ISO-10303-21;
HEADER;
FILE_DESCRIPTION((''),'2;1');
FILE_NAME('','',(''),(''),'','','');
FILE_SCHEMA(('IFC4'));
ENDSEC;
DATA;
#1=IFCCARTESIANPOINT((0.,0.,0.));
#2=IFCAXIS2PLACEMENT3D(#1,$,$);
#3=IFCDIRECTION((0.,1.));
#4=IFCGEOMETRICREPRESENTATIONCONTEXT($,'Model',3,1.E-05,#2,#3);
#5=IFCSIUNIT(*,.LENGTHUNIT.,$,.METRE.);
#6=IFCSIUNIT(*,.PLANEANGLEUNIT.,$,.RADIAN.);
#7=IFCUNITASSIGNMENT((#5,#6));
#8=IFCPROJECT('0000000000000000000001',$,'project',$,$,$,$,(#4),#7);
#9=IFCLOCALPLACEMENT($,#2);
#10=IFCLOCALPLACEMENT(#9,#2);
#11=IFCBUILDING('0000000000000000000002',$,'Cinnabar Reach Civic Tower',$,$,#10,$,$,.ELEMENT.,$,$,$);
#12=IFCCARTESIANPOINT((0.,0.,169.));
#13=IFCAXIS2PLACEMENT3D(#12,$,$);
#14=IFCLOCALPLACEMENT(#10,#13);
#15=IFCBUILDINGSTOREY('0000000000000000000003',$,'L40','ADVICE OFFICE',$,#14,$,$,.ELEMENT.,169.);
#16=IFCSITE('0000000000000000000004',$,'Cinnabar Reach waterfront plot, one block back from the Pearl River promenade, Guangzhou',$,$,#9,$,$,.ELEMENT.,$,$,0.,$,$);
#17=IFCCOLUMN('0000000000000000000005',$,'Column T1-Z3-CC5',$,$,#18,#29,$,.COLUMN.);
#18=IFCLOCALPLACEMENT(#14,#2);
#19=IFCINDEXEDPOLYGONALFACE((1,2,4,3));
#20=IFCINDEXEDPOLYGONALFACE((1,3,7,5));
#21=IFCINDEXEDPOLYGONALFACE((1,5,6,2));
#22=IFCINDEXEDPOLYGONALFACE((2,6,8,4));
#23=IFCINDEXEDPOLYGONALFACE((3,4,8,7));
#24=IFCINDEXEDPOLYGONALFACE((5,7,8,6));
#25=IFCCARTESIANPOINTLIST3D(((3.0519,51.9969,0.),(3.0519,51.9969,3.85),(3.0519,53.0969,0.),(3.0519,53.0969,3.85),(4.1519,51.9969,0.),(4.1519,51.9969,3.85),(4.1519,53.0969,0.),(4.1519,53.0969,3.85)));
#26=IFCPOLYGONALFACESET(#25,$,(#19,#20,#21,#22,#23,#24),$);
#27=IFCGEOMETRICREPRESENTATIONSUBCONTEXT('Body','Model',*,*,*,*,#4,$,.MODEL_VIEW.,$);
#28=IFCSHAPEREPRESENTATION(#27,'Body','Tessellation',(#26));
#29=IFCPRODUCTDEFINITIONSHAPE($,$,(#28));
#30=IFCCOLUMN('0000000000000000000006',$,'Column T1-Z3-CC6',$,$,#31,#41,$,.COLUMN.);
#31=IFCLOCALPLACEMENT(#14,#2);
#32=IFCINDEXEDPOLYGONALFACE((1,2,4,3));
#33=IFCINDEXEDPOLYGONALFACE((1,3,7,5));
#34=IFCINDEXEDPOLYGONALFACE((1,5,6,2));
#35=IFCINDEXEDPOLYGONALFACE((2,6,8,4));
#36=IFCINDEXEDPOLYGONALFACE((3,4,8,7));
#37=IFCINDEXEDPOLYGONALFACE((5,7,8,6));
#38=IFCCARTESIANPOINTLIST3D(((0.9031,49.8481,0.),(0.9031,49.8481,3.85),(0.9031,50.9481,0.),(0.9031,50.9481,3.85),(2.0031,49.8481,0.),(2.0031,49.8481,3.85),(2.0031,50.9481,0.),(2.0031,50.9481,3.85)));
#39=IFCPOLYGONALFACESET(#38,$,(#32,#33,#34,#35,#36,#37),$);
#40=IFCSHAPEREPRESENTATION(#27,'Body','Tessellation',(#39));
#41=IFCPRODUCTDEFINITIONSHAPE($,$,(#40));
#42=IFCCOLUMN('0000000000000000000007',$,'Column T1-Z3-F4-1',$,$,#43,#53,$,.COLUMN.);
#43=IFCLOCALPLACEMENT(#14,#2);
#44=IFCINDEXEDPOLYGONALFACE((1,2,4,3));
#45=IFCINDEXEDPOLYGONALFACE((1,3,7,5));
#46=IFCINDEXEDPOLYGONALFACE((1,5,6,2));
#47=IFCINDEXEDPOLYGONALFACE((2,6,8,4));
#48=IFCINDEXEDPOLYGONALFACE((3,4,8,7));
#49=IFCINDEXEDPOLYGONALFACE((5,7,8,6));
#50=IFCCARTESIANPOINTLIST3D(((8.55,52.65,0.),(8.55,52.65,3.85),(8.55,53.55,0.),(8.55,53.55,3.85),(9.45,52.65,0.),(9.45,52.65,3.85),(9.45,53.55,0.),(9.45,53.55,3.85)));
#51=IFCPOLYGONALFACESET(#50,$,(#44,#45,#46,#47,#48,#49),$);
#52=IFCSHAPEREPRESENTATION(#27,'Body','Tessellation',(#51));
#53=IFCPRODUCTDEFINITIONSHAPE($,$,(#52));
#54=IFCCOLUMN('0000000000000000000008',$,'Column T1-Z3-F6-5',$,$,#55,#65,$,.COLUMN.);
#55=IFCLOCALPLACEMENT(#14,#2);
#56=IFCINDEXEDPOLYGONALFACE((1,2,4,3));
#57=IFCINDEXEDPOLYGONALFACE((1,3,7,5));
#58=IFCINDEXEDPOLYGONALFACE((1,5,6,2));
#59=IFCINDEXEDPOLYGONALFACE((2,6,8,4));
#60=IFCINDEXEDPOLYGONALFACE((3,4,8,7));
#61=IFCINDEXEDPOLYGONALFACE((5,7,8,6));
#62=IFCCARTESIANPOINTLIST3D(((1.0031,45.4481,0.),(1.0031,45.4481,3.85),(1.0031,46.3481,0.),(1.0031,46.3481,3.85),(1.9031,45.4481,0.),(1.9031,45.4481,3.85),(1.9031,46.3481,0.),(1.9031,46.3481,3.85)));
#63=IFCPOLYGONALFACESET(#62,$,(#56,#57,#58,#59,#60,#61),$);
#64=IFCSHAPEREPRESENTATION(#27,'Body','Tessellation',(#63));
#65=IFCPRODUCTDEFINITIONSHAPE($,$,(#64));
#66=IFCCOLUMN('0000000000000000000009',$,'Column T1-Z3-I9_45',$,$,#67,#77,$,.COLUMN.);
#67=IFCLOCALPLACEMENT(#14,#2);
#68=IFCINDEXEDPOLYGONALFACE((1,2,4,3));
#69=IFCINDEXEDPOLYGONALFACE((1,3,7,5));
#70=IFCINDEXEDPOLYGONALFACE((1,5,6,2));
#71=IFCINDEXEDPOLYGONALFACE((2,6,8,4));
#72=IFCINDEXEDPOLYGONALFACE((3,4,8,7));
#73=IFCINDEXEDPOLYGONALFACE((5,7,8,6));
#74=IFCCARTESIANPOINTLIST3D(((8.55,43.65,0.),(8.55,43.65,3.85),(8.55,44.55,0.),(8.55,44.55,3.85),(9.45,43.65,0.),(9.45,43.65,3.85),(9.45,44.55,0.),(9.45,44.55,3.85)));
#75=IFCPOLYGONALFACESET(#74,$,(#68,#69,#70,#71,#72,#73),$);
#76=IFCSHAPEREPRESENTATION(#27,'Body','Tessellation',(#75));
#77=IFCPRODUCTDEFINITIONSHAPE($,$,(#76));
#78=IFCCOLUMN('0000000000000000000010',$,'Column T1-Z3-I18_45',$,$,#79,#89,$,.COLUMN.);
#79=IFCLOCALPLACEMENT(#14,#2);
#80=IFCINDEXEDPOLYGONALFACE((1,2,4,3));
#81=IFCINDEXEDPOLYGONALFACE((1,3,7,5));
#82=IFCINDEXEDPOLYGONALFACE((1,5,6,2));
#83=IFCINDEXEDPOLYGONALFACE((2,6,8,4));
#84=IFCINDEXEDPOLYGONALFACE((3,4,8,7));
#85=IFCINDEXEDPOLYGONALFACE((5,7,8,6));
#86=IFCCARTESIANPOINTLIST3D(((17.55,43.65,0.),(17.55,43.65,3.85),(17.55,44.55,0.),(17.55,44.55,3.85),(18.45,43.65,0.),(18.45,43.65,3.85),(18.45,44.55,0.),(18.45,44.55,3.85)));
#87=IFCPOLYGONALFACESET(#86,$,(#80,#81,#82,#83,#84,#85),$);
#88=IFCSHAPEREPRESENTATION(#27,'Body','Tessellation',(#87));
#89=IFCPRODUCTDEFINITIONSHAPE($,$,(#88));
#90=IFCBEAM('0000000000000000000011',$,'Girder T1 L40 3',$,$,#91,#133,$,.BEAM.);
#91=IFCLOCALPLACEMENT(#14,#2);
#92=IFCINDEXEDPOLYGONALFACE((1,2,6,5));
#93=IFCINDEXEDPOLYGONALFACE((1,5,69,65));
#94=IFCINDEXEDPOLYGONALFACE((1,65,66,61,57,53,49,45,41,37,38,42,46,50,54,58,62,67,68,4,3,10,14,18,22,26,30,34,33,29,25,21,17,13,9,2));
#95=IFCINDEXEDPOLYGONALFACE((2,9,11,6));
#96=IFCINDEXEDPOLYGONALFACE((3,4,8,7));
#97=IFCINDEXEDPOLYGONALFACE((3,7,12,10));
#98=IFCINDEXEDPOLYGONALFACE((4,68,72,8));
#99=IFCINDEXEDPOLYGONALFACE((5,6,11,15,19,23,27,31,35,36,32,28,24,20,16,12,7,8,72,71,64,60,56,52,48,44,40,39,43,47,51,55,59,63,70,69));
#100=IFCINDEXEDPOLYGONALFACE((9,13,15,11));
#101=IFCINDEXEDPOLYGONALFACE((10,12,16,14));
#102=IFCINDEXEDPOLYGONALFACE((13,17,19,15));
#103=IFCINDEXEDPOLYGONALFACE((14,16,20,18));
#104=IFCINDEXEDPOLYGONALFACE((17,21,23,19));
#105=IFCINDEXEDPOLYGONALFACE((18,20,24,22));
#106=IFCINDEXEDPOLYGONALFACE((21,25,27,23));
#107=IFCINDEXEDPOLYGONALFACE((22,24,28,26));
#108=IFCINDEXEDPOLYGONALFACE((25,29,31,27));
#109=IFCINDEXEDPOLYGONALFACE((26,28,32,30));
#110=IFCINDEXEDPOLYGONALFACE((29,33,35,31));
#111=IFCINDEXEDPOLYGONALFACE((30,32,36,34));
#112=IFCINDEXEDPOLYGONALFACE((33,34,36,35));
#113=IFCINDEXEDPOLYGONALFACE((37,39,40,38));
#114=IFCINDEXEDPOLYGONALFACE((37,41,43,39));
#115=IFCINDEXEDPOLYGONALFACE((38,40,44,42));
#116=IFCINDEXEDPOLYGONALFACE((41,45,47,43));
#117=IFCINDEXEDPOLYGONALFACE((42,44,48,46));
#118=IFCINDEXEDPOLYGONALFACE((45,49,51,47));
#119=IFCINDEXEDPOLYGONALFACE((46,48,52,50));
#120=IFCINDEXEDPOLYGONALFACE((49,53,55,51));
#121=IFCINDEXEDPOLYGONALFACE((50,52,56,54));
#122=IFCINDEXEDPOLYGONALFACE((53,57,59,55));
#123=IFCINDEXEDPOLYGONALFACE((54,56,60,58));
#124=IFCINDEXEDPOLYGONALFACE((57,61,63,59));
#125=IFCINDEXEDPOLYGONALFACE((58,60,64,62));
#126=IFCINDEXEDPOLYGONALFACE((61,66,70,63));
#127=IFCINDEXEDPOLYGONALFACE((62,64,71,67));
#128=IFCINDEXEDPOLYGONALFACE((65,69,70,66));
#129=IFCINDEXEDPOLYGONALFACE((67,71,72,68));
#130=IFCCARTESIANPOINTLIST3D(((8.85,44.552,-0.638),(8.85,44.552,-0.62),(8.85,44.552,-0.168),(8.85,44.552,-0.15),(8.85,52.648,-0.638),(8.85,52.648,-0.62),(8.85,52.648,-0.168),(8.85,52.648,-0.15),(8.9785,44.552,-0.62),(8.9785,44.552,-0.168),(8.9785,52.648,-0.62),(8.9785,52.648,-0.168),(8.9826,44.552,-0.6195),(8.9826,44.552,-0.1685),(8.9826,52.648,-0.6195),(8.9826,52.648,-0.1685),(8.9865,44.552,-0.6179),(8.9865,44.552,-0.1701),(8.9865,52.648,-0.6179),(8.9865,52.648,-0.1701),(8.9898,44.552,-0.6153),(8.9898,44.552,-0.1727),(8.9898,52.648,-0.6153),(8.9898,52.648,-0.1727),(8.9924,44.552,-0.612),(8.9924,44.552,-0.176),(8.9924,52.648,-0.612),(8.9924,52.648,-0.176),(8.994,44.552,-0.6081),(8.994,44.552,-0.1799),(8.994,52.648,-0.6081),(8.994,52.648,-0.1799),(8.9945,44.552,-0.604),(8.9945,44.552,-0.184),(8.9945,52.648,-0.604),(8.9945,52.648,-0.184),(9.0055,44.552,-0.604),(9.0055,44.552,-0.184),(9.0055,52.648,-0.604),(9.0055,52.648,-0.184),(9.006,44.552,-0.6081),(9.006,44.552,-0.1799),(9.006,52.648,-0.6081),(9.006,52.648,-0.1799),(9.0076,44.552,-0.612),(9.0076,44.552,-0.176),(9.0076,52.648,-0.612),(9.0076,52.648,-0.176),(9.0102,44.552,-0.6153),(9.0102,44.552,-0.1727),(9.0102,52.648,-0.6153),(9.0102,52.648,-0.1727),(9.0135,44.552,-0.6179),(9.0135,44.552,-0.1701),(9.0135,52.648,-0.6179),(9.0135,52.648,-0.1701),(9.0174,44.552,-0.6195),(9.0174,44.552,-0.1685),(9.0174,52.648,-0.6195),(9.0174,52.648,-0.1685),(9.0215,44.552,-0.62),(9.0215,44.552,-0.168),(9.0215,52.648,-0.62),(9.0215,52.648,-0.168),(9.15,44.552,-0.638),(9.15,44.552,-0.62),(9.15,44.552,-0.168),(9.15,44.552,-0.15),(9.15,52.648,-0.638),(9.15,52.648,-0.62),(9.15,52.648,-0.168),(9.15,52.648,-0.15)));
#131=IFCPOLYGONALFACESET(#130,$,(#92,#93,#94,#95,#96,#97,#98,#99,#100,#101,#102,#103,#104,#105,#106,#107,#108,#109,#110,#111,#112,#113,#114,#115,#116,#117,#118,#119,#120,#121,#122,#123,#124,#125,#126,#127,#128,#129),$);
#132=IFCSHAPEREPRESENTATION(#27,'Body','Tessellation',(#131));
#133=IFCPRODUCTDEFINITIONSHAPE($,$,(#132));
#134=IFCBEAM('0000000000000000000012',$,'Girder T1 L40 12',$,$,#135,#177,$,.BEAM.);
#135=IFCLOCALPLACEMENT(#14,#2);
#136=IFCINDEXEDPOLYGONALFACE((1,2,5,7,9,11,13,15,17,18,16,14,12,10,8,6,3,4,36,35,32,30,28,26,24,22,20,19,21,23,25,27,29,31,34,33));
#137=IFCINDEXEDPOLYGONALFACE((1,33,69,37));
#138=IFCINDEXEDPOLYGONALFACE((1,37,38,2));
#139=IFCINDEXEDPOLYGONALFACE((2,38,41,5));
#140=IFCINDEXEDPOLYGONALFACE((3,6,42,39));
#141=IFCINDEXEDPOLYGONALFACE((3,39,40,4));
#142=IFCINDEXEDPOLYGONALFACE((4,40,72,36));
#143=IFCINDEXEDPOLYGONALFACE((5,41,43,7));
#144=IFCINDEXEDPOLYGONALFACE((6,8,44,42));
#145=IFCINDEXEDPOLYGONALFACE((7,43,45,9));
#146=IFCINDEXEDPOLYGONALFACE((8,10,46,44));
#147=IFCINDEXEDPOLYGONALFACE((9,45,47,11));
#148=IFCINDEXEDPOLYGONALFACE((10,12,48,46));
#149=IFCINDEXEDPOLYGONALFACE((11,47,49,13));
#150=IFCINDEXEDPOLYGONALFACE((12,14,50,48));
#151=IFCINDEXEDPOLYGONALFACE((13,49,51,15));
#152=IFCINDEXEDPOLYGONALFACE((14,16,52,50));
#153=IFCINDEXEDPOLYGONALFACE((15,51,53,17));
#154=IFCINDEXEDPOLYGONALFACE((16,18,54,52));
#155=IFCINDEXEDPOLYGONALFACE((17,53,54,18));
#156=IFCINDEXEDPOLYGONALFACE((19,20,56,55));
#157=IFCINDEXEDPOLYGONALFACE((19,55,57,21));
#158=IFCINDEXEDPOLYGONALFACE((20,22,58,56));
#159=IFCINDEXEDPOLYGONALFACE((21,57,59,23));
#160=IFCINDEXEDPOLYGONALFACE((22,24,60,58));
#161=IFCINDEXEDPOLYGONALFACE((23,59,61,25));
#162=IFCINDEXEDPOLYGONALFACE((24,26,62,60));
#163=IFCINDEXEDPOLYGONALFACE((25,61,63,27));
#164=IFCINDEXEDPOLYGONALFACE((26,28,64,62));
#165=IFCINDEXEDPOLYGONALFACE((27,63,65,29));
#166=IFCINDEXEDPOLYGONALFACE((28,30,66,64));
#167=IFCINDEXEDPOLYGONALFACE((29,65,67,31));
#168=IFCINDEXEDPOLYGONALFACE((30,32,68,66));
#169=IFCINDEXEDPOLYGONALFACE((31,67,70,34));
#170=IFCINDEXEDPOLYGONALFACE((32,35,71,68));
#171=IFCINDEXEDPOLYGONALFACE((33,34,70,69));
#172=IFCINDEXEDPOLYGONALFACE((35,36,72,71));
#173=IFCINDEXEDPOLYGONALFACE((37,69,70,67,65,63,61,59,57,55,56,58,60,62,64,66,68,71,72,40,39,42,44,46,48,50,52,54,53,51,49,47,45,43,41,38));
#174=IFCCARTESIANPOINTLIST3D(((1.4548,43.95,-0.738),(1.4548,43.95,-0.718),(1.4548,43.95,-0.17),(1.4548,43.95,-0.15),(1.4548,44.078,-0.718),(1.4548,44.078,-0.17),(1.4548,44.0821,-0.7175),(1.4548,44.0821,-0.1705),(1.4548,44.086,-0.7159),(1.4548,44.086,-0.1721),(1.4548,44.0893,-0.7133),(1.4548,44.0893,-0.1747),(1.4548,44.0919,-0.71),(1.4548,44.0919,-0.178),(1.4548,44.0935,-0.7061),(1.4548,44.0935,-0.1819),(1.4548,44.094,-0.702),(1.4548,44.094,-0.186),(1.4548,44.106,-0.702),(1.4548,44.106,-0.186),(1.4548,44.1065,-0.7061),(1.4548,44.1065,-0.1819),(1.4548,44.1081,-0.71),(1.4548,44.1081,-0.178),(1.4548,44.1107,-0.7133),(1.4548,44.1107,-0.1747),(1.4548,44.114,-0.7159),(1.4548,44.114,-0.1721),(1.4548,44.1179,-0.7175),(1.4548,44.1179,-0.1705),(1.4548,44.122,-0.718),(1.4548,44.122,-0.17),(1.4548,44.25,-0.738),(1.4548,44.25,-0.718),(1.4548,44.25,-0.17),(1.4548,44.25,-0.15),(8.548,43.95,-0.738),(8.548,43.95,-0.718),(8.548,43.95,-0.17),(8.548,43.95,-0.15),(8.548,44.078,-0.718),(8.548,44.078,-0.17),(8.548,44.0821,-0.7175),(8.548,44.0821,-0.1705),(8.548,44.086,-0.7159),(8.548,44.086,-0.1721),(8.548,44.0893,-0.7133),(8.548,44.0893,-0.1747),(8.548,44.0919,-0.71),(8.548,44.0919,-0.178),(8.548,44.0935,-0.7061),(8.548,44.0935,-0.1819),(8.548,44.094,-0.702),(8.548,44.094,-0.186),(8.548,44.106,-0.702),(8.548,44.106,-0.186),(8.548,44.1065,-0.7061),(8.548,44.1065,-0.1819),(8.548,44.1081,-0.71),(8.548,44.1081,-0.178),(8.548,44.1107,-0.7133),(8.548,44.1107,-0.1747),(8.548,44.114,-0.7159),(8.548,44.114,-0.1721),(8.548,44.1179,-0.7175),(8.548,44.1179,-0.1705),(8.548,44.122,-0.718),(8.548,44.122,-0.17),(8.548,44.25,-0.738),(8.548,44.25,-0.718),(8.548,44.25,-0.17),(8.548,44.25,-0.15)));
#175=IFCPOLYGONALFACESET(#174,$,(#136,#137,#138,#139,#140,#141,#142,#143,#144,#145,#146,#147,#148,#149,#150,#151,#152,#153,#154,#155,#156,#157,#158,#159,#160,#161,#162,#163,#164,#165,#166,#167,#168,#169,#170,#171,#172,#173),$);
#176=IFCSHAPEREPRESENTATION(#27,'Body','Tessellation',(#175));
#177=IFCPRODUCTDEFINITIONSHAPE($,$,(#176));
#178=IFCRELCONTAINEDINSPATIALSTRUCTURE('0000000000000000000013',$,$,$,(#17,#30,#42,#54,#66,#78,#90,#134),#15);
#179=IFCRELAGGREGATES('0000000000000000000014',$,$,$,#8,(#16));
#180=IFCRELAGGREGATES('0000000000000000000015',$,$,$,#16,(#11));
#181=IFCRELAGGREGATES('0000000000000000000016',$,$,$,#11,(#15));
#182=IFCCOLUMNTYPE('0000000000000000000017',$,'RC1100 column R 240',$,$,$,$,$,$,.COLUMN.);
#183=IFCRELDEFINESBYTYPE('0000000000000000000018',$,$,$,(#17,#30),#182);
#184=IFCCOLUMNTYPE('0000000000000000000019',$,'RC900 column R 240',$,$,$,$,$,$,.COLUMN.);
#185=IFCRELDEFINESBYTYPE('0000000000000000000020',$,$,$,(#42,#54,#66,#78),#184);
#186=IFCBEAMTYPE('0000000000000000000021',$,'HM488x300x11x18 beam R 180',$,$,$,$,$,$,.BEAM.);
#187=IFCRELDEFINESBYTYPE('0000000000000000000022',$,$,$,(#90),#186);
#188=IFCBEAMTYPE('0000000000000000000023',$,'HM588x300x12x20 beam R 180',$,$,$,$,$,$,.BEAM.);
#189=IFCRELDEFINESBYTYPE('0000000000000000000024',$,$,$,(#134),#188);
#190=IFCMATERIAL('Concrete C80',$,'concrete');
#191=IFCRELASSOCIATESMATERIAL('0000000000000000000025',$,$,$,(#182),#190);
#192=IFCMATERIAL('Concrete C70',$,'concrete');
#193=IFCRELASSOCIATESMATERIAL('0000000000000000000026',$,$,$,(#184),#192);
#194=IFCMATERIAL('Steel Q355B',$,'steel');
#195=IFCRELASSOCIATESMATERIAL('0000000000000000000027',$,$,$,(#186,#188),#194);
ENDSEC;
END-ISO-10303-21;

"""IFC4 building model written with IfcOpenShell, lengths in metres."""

from ifc_helpers import new_model, si_unit, direction, frame, origin, origin_2d, place, context, subcontext, project, spatial, rectangle, i_section, extrude, material, material_profile, profile_set, type_object, element, save


model = new_model("IFC4")

# Units and contexts
model_context = context("Model", 3, precision=1e-05, world=origin(), true_north=direction((0.0, 1.0)))
body_context = subcontext(model_context, "Body", "Model", "MODEL_VIEW")
ifc_project = project(units=[si_unit("LENGTHUNIT", "METRE"), si_unit("PLANEANGLEUNIT", "RADIAN")], contexts=[model_context])

# Site, building, storey
site_placement = place(None, origin())
site = spatial("IfcSite", under=ifc_project, at=site_placement, Name="Cinnabar Reach waterfront plot, one block back from the Pearl River promenade, Guangzhou", CompositionType="ELEMENT", RefElevation=0.0)
building_placement = place(site_placement, origin())
building = spatial("IfcBuilding", under=site, at=building_placement, Name="Cinnabar Reach Civic Tower", CompositionType="ELEMENT")
storey_placement = place(building_placement, frame((0.0, 0.0, 169.0)))
storey = spatial("IfcBuildingStorey", under=building, at=storey_placement, Name="L40", Description="ADVICE OFFICE", CompositionType="ELEMENT", Elevation=169.0)

# Columns
ifc_material_1 = material(Name="Concrete C80", Category="concrete")
ifc_material_profile_1 = material_profile(ifc_material_1, rectangle(XDim=1.1, YDim=1.1, at=origin_2d()), Name="RC1100")
ifc_profile_set_1 = profile_set([ifc_material_profile_1], Name="Concrete C80")
column_type_1 = type_object("IfcColumnType", Name="RC1100 column R 240", PredefinedType="COLUMN", material=ifc_profile_set_1)
for number, where, z_axis, x_axis, name in (
    (1, (3.6019, 52.5469, 0.0), (0.0, 0.0, 1.0), (1.0, 0.0, 0.0), "Column T1-Z3-CC5"),
    (2, (1.4531, 50.3981, 0.0), (0.0, 0.0, 1.0), (1.0, 0.0, 0.0), "Column T1-Z3-CC6"),
):
    element("IfcColumn", number, at=place(storey_placement, frame(where, z_axis=z_axis, x_axis=x_axis)), inside=storey, type_object=column_type_1, Name=name, PredefinedType="COLUMN", context=body_context, shape_type="SweptSolid", body=[
        extrude(rectangle(XDim=1.1, YDim=1.1, at=origin_2d()), origin(), (0.0, 0.0, 1.0), 3.85),
    ])
ifc_material_2 = material(Name="Concrete C70", Category="concrete")
ifc_material_profile_2 = material_profile(ifc_material_2, rectangle(XDim=0.9, YDim=0.9, at=origin_2d()), Name="RC900")
ifc_profile_set_2 = profile_set([ifc_material_profile_2], Name="Concrete C70")
column_type_2 = type_object("IfcColumnType", Name="RC900 column R 240", PredefinedType="COLUMN", material=ifc_profile_set_2)
for number, where, z_axis, x_axis, name in (
    (3, (9.0, 53.1, 0.0), (0.0, 0.0, 1.0), (1.0, 0.0, 0.0), "Column T1-Z3-F4-1"),
    (4, (1.4531, 45.8981, 0.0), (0.0, 0.0, 1.0), (1.0, 0.0, 0.0), "Column T1-Z3-F6-5"),
    (5, (9.0, 44.1, 0.0), (0.0, 0.0, 1.0), (1.0, 0.0, 0.0), "Column T1-Z3-I9_45"),
    (6, (18.0, 44.1, 0.0), (0.0, 0.0, 1.0), (1.0, 0.0, 0.0), "Column T1-Z3-I18_45"),
):
    element("IfcColumn", number, at=place(storey_placement, frame(where, z_axis=z_axis, x_axis=x_axis)), inside=storey, type_object=column_type_2, Name=name, PredefinedType="COLUMN", context=body_context, shape_type="SweptSolid", body=[
        extrude(rectangle(XDim=0.9, YDim=0.9, at=origin_2d()), origin(), (0.0, 0.0, 1.0), 3.85),
    ])

# Beams
ifc_material_3 = material(Name="Steel Q355B", Category="steel")
ifc_material_profile_3 = material_profile(ifc_material_3, i_section(OverallWidth=0.3, OverallDepth=0.488, WebThickness=0.011, FlangeThickness=0.018, FilletRadius=0.016, at=origin_2d()), Name="HM488x300x11x18")
ifc_profile_set_3 = profile_set([ifc_material_profile_3], Name="Steel Q355B")
beam_type_1 = type_object("IfcBeamType", Name="HM488x300x11x18 beam R 180", PredefinedType="BEAM", material=ifc_profile_set_3)
beam_1_placement = place(storey_placement, frame((9.0, 44.552, -0.394), z_axis=(0.0, 1.0, 0.0), x_axis=(-1.0, 0.0, 0.0)))
element("IfcBeam", 7, at=beam_1_placement, inside=storey, type_object=beam_type_1, Name="Girder T1 L40 3", PredefinedType="BEAM", context=body_context, shape_type="SweptSolid", body=[
    extrude(i_section(OverallWidth=0.3, OverallDepth=0.488, WebThickness=0.011, FlangeThickness=0.018, FilletRadius=0.016, at=origin_2d()), origin(), (0.0, 0.0, 1.0), 8.096),
])
ifc_material_profile_4 = material_profile(ifc_material_3, i_section(OverallWidth=0.3, OverallDepth=0.588, WebThickness=0.012, FlangeThickness=0.02, FilletRadius=0.016, at=origin_2d()), Name="HM588x300x12x20")
ifc_profile_set_4 = profile_set([ifc_material_profile_4], Name="Steel Q355B")
beam_type_2 = type_object("IfcBeamType", Name="HM588x300x12x20 beam R 180", PredefinedType="BEAM", material=ifc_profile_set_4)
beam_2_placement = place(storey_placement, frame((1.4548, 44.1, -0.444), z_axis=(1.0, 0.0, 0.0), x_axis=(0.0, 1.0, 0.0)))
element("IfcBeam", 8, at=beam_2_placement, inside=storey, type_object=beam_type_2, Name="Girder T1 L40 12", PredefinedType="BEAM", context=body_context, shape_type="SweptSolid", body=[
    extrude(i_section(OverallWidth=0.3, OverallDepth=0.588, WebThickness=0.012, FlangeThickness=0.02, FilletRadius=0.016, at=origin_2d()), origin(), (0.0, 0.0, 1.0), 7.0932),
])

save(model, "model.ifc")
